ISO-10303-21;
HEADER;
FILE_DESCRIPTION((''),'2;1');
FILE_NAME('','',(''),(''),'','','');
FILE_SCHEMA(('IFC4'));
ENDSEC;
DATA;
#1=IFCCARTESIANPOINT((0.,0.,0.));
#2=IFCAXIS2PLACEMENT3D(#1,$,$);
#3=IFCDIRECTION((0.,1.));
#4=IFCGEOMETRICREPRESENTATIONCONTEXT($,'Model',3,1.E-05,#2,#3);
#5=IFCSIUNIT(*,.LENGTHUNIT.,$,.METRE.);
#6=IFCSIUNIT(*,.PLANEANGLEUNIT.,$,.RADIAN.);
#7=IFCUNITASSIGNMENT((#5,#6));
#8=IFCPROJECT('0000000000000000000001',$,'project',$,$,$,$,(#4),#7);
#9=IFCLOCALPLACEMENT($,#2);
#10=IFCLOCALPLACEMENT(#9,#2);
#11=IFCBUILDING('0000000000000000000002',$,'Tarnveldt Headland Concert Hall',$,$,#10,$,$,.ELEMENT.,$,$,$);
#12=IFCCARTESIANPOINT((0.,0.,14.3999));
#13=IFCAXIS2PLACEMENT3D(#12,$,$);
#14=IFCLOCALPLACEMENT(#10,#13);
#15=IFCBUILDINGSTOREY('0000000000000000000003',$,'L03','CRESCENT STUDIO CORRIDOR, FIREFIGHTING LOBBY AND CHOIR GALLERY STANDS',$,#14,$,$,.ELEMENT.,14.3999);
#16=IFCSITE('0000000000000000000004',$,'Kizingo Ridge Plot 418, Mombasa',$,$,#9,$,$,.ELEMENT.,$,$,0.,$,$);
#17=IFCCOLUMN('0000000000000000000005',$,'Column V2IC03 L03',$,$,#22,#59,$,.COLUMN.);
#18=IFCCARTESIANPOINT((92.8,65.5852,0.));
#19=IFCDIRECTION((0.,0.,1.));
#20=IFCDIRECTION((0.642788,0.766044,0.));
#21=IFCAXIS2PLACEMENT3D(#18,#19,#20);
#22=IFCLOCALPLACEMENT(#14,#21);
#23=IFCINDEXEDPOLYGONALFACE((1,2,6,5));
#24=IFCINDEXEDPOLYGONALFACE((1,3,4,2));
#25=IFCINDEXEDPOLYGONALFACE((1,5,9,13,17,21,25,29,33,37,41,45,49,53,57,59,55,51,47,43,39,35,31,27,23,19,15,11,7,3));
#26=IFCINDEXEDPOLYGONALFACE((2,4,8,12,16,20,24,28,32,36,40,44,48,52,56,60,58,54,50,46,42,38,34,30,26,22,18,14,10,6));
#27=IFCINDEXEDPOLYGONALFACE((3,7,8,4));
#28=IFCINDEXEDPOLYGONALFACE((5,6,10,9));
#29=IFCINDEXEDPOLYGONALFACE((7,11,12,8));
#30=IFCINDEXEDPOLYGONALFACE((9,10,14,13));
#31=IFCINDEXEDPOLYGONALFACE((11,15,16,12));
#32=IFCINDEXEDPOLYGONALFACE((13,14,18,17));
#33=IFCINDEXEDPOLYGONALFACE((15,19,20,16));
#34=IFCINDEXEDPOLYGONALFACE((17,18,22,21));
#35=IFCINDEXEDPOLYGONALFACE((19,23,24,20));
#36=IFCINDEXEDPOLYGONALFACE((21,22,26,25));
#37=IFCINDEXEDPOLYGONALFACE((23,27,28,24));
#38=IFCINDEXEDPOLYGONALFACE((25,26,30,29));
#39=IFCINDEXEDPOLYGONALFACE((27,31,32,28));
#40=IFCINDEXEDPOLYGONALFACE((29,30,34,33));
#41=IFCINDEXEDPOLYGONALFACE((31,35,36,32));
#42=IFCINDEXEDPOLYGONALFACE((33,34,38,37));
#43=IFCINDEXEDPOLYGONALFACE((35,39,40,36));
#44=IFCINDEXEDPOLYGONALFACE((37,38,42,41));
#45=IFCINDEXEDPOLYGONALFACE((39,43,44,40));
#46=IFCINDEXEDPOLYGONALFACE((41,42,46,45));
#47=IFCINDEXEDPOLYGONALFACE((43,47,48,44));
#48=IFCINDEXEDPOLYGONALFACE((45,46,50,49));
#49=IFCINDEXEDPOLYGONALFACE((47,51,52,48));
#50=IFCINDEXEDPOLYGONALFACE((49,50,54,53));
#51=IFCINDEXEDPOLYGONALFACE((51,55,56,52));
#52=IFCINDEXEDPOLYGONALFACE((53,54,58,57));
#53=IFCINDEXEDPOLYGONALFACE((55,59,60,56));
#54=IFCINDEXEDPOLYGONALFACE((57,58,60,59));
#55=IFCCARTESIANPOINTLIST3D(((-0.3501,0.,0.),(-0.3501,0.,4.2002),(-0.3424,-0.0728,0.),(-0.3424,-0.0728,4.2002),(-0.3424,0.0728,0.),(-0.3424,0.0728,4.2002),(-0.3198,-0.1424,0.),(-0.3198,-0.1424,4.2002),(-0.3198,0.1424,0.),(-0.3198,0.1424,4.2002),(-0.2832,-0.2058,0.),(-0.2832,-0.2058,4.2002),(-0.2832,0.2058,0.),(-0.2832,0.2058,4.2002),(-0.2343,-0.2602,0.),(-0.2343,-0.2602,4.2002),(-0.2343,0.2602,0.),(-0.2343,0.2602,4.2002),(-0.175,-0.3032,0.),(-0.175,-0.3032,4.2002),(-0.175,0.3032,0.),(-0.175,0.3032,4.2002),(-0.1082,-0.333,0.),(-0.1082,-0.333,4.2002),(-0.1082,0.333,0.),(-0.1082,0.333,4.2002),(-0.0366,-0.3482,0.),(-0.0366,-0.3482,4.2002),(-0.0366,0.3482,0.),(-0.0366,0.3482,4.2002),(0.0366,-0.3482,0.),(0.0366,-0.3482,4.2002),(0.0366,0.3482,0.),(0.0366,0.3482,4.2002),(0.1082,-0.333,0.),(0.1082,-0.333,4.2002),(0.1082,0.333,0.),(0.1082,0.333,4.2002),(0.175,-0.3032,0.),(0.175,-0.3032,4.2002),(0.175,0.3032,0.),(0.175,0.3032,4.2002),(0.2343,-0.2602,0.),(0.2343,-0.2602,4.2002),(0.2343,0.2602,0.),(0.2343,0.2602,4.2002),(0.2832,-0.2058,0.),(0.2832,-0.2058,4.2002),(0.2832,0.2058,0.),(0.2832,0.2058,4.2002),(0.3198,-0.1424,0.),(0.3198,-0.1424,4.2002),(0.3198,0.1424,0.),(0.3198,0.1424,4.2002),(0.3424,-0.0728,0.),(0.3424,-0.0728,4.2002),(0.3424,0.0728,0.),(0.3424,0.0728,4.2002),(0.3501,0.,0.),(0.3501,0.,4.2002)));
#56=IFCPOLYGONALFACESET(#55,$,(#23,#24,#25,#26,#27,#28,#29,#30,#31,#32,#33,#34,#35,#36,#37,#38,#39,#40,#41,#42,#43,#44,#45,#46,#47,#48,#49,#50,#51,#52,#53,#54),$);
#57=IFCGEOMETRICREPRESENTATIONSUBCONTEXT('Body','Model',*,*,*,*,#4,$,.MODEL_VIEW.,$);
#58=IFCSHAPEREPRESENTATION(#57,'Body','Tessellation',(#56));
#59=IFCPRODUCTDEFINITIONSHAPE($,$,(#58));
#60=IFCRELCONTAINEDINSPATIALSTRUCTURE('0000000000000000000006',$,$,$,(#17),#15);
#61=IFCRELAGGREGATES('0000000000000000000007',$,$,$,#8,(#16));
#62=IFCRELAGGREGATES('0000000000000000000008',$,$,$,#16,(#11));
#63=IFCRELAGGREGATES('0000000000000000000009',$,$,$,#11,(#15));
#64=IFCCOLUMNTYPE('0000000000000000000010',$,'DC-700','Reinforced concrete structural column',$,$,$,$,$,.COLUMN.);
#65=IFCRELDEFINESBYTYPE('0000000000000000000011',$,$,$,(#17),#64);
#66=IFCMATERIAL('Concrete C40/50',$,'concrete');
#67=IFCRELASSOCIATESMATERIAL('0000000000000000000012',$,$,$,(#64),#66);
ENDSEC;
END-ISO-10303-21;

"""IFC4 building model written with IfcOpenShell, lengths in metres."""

from ifc_helpers import new_model, si_unit, direction, frame, origin, origin_2d, place, context, subcontext, project, spatial, circle, extrude, material, material_profile, profile_set, type_object, element, save


model = new_model("IFC4")

# Units and contexts
model_context = context("Model", 3, precision=1e-05, world=origin(), true_north=direction((0.0, 1.0)))
body_context = subcontext(model_context, "Body", "Model", "MODEL_VIEW")
ifc_project = project(units=[si_unit("LENGTHUNIT", "METRE"), si_unit("PLANEANGLEUNIT", "RADIAN")], contexts=[model_context])

# Site, building, storey
site_placement = place(None, origin())
site = spatial("IfcSite", under=ifc_project, at=site_placement, Name="Kizingo Ridge Plot 418, Mombasa", CompositionType="ELEMENT", RefElevation=0.0)
building_placement = place(site_placement, origin())
building = spatial("IfcBuilding", under=site, at=building_placement, Name="Tarnveldt Headland Concert Hall", CompositionType="ELEMENT")
storey_placement = place(building_placement, frame((0.0, 0.0, 14.3999)))
storey = spatial("IfcBuildingStorey", under=building, at=storey_placement, Name="L03", Description="CRESCENT STUDIO CORRIDOR, FIREFIGHTING LOBBY AND CHOIR GALLERY STANDS", CompositionType="ELEMENT", Elevation=14.3999)

# Column
ifc_material_1 = material(Name="Concrete C40/50", Category="concrete")
ifc_material_profile_1 = material_profile(ifc_material_1, circle(Radius=0.3501, at=origin_2d()), Name="RC D700", Category="concrete")
ifc_profile_set_1 = profile_set([ifc_material_profile_1], Name="Concrete C40/50")
column_type_1 = type_object("IfcColumnType", Name="DC-700", Description="Reinforced concrete structural column", PredefinedType="COLUMN", material=ifc_profile_set_1)
column_placement = place(storey_placement, frame((92.8, 65.5852, 0.0), z_axis=(0.0, 0.0, 1.0), x_axis=(0.642788, 0.766044, 0.0)))
element("IfcColumn", 1, at=column_placement, inside=storey, type_object=column_type_1, Name="Column V2IC03 L03", PredefinedType="COLUMN", context=body_context, shape_type="SweptSolid", body=[
    extrude(circle(Radius=0.3501, at=origin_2d()), origin(), (0.0, 0.0, 1.0), 4.2002),
])

save(model, "model.ifc")
